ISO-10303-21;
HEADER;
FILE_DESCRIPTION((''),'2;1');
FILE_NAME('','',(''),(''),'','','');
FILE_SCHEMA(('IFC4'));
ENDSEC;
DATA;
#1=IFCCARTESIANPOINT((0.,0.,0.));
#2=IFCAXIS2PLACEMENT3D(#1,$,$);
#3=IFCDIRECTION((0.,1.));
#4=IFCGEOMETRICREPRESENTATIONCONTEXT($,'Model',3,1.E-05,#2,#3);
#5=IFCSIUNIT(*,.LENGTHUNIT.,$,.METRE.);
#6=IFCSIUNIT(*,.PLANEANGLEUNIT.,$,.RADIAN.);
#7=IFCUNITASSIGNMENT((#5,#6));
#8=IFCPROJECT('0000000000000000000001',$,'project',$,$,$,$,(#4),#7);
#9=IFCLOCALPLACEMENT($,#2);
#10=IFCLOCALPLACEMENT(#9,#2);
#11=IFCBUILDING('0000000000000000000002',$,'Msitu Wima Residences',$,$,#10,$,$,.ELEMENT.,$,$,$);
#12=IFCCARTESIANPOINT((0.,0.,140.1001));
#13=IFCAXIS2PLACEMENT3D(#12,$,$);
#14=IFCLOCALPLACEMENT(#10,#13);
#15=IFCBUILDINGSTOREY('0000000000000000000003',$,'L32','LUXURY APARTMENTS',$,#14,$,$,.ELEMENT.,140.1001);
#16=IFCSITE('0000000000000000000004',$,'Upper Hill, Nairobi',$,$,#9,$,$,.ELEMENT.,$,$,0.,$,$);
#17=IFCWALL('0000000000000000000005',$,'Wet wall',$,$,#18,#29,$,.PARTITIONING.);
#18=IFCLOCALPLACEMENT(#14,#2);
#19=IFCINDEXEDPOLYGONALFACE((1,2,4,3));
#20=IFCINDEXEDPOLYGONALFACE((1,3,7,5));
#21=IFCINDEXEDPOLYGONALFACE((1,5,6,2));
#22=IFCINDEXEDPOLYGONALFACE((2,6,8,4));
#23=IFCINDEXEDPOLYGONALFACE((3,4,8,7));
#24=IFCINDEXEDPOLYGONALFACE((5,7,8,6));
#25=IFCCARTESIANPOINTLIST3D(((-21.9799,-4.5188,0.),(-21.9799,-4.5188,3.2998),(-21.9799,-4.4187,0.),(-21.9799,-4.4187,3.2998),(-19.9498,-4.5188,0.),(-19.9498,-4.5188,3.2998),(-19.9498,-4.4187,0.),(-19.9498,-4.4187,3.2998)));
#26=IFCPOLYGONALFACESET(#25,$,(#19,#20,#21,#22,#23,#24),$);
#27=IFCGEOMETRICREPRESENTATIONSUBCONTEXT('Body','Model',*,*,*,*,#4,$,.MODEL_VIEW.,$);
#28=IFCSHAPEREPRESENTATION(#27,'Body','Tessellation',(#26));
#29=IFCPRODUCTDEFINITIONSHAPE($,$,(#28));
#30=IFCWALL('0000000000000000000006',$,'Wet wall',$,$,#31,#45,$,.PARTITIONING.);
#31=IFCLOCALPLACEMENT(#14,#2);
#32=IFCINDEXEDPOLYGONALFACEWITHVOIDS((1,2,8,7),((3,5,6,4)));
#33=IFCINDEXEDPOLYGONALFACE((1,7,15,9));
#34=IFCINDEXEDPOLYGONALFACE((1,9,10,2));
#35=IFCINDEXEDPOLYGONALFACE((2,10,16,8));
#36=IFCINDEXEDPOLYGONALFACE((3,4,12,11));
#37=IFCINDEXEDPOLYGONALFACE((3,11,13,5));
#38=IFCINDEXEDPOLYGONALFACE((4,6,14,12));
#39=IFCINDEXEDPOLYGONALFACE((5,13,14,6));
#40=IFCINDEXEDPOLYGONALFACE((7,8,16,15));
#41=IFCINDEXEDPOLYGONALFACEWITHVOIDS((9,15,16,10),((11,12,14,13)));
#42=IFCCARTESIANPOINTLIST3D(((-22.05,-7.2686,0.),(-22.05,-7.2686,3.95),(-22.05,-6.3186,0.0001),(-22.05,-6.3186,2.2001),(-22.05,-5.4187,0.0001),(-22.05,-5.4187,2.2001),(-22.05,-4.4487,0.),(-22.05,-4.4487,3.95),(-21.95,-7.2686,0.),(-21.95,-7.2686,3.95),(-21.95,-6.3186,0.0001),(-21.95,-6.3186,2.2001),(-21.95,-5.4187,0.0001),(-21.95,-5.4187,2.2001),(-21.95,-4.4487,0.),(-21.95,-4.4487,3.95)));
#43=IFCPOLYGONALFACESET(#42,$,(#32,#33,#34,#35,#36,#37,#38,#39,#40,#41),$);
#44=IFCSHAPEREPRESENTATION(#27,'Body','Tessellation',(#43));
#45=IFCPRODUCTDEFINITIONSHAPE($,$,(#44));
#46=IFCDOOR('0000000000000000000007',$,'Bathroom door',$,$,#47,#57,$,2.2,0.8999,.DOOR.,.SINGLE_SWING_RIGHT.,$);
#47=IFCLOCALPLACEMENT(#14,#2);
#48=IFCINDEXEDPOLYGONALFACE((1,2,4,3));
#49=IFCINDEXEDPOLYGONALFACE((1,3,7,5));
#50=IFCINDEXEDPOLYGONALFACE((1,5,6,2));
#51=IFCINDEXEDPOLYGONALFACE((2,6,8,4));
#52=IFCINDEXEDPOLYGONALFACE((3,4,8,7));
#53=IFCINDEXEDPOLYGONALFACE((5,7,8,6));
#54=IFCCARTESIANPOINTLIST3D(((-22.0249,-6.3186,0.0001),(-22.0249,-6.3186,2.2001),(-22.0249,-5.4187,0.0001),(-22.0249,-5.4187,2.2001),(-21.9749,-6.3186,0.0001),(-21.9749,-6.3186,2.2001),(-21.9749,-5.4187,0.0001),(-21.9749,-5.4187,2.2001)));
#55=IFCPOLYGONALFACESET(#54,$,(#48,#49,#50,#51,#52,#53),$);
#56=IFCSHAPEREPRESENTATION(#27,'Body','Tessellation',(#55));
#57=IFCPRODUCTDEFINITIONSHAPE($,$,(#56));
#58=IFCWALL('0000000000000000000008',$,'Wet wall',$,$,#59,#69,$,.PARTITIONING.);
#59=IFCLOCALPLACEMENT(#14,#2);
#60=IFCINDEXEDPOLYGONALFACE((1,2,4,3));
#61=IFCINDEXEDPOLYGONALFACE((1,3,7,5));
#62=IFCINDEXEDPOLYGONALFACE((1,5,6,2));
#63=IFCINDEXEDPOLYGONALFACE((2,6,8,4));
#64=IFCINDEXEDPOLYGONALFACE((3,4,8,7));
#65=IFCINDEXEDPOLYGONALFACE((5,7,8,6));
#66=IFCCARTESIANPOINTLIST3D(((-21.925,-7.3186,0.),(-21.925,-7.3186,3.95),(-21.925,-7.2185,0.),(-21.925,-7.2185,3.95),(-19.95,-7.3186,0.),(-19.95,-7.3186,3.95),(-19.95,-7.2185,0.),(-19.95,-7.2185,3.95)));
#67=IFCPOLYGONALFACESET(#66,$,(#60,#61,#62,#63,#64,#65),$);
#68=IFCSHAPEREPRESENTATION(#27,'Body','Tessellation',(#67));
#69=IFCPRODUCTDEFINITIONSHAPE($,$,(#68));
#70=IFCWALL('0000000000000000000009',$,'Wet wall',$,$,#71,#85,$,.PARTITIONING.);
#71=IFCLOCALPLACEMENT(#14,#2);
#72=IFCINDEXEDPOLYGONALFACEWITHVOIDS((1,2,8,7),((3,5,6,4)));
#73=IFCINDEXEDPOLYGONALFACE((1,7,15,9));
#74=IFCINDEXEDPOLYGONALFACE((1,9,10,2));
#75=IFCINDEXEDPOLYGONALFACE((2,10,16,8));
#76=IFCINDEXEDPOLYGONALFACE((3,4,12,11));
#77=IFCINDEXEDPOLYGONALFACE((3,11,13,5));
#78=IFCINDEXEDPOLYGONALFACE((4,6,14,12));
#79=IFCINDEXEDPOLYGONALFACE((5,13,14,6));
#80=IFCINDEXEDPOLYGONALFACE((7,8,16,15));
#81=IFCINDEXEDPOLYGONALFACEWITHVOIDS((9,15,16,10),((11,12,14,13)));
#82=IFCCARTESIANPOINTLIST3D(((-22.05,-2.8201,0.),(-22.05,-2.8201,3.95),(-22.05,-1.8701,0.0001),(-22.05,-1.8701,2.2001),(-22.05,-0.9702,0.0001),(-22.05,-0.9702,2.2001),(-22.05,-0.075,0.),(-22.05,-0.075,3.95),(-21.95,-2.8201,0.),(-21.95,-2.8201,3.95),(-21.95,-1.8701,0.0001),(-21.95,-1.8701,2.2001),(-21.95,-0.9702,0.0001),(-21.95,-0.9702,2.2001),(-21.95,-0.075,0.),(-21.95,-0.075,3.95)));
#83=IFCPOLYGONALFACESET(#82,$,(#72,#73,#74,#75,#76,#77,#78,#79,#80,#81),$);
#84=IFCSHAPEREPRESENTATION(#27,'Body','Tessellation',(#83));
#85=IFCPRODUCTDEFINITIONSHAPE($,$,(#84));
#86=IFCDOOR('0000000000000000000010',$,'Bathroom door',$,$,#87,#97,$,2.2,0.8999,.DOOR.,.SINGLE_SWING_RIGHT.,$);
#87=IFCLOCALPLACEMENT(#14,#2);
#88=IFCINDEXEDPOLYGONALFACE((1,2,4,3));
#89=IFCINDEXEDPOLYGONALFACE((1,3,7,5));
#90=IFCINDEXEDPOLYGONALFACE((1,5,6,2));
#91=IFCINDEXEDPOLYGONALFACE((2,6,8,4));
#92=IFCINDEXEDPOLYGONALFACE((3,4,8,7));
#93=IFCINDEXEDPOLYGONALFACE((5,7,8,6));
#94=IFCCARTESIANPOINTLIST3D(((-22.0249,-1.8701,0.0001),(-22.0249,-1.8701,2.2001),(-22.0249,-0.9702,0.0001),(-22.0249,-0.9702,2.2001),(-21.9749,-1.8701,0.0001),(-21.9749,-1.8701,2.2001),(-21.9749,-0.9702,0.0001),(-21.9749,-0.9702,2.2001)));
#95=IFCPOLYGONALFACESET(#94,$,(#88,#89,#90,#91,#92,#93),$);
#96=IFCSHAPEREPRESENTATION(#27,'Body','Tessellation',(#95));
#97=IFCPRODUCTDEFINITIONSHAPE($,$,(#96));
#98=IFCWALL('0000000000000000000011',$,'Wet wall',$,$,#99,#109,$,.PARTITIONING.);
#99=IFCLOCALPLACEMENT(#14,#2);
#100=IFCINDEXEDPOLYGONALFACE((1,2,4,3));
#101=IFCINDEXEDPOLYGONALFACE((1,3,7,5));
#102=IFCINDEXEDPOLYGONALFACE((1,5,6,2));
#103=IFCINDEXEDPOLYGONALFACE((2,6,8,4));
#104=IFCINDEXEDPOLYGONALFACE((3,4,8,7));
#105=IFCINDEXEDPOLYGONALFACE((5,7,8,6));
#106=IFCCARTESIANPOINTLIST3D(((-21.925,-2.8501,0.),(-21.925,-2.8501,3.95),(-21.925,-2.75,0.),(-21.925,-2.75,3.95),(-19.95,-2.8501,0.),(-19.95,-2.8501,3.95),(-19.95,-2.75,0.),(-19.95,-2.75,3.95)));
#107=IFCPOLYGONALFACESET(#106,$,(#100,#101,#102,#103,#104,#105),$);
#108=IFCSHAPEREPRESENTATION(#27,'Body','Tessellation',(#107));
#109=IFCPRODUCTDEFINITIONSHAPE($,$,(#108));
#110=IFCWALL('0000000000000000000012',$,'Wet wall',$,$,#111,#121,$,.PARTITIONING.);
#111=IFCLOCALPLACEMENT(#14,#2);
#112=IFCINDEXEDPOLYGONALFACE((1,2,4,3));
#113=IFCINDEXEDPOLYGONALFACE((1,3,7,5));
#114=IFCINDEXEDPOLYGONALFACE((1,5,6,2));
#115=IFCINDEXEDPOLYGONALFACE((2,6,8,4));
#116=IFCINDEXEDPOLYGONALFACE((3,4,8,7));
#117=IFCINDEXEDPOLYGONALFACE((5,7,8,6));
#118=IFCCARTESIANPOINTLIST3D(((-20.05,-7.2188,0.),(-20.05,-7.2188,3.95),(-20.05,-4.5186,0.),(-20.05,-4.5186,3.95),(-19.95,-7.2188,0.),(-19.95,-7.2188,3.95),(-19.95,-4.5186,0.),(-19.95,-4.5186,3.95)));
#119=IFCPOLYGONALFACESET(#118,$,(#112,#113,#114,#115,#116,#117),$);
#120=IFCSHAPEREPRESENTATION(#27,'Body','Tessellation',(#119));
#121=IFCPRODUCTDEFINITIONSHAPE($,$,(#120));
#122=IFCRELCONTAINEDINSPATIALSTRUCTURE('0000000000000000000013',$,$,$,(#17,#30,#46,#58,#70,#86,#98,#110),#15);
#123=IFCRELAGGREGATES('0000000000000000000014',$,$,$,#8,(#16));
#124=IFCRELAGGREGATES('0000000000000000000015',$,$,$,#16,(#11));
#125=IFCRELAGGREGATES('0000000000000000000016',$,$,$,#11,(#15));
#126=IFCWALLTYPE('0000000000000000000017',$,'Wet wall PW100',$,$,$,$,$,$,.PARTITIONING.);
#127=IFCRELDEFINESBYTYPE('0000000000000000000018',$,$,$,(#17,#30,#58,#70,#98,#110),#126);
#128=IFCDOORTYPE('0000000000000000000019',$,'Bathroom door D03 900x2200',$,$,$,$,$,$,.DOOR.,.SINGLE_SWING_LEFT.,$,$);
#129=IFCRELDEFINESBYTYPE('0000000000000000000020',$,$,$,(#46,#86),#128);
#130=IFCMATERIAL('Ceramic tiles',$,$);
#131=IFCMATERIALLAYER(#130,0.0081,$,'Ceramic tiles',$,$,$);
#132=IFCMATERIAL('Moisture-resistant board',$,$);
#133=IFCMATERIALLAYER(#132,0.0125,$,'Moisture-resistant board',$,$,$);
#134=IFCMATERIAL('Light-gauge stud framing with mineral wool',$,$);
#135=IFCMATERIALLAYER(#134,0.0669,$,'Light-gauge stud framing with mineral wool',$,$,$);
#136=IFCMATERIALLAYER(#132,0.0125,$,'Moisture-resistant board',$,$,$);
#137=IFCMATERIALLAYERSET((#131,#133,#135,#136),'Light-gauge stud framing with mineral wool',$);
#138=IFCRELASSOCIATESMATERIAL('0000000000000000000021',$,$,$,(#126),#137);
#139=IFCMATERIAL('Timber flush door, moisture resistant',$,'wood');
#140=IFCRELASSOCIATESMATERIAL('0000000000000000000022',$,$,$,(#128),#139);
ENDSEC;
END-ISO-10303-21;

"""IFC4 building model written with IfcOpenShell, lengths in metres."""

from ifc_helpers import new_model, si_unit, direction, frame, frame_2d, origin, place, context, subcontext, project, spatial, rectangle, extrude, material, layer, layer_set, type_object, element, fill, save


model = new_model("IFC4")

# Units and contexts
model_context = context("Model", 3, precision=1e-05, world=origin(), true_north=direction((0.0, 1.0)))
body_context = subcontext(model_context, "Body", "Model", "MODEL_VIEW")
ifc_project = project(units=[si_unit("LENGTHUNIT", "METRE"), si_unit("PLANEANGLEUNIT", "RADIAN")], contexts=[model_context])

# Site, building, storey
site_placement = place(None, origin())
site = spatial("IfcSite", under=ifc_project, at=site_placement, Name="Upper Hill, Nairobi", CompositionType="ELEMENT", RefElevation=0.0)
building_placement = place(site_placement, origin())
building = spatial("IfcBuilding", under=site, at=building_placement, Name="Msitu Wima Residences", CompositionType="ELEMENT")
storey_placement = place(building_placement, frame((0.0, 0.0, 140.1001)))
storey = spatial("IfcBuildingStorey", under=building, at=storey_placement, Name="L32", Description="LUXURY APARTMENTS", CompositionType="ELEMENT", Elevation=140.1001)

# Wall
ifc_material_1 = material(Name="Ceramic tiles")
ifc_layer_1 = layer(ifc_material_1, 0.0081, Name="Ceramic tiles")
ifc_material_2 = material(Name="Moisture-resistant board")
ifc_layer_2 = layer(ifc_material_2, 0.0125, Name="Moisture-resistant board")
ifc_material_3 = material(Name="Light-gauge stud framing with mineral wool")
ifc_layer_3 = layer(ifc_material_3, 0.0669, Name="Light-gauge stud framing with mineral wool")
ifc_layer_4 = layer(ifc_material_2, 0.0125, Name="Moisture-resistant board")
ifc_layer_set_1 = layer_set([ifc_layer_1, ifc_layer_2, ifc_layer_3, ifc_layer_4], Name="Light-gauge stud framing with mineral wool")
wall_type_1 = type_object("IfcWallType", Name="Wet wall PW100", PredefinedType="PARTITIONING", material=ifc_layer_set_1)
wall_1_placement = place(storey_placement, frame((-21.98, -4.4688, 0.0), z_axis=(0.0, 0.0, 1.0), x_axis=(1.0, 0.0, 0.0)))
element("IfcWall", 1, at=wall_1_placement, inside=storey, type_object=wall_type_1, Name="Wet wall", PredefinedType="PARTITIONING", context=body_context, shape_type="SweptSolid", body=[
    extrude(rectangle(XDim=2.03, YDim=0.1001, at=frame_2d((1.0151, 0.0))), origin(), (0.0, 0.0, 1.0), 3.2998),
])

# Wall, opening, door
wall_2_placement = place(storey_placement, frame((-22.0, -7.2686, 0.0), z_axis=(0.0, 0.0, 1.0), x_axis=(0.0, 1.0, 0.0)))
wall_2 = element("IfcWall", 2, at=wall_2_placement, inside=storey, type_object=wall_type_1, Name="Wet wall", PredefinedType="PARTITIONING", context=body_context, shape_type="SweptSolid", body=[
    extrude(rectangle(XDim=2.8198, YDim=0.1001, at=frame_2d((1.4099, 0.0))), origin(), (0.0, 0.0, 1.0), 3.95),
])
opening_1_placement = place(wall_2_placement, frame((0.95, 0.0, 0.0)))
opening_1 = element("IfcOpeningElement", 3, at=opening_1_placement, cuts=wall_2, PredefinedType="OPENING", context=body_context, shape_type="SweptSolid", body=[
    extrude(rectangle(XDim=0.8999, YDim=2.2, at=frame_2d((0.45, 1.1001))), frame((0.0, 0.0601, 0.0), z_axis=(0.0, -1.0, 0.0), x_axis=(1.0, 0.0, 0.0)), (0.0, 0.0, 1.0), 0.1201),
])
ifc_material_4 = material(Name="Timber flush door, moisture resistant", Category="wood")
door_type_1 = type_object("IfcDoorType", Name="Bathroom door D03 900x2200", OperationType="SINGLE_SWING_LEFT", PredefinedType="DOOR", material=ifc_material_4)
door_1_placement = place(opening_1_placement, origin())
door_1 = element("IfcDoor", 4, at=door_1_placement, inside=storey, type_object=door_type_1, Name="Bathroom door", OperationType="SINGLE_SWING_RIGHT", OverallHeight=2.2, OverallWidth=0.8999, PredefinedType="DOOR", context=body_context, shape_type="SweptSolid", body=[
    extrude(rectangle(XDim=0.8999, YDim=2.2, at=frame_2d((0.45, 1.1001))), frame((0.0, 0.0249, 0.0), z_axis=(0.0, -1.0, 0.0), x_axis=(1.0, 0.0, 0.0)), (0.0, 0.0, 1.0), 0.05),
])
fill(opening_1, door_1)

# Wall
wall_3_placement = place(storey_placement, frame((-21.925, -7.2686, 0.0), z_axis=(0.0, 0.0, 1.0), x_axis=(1.0, 0.0, 0.0)))
element("IfcWall", 5, at=wall_3_placement, inside=storey, type_object=wall_type_1, Name="Wet wall", PredefinedType="PARTITIONING", context=body_context, shape_type="SweptSolid", body=[
    extrude(rectangle(XDim=1.9751, YDim=0.1001, at=frame_2d((0.9875, 0.0))), origin(), (0.0, 0.0, 1.0), 3.95),
])

# Wall, opening, door
wall_4_placement = place(storey_placement, frame((-22.0, -2.8201, 0.0), z_axis=(0.0, 0.0, 1.0), x_axis=(0.0, 1.0, 0.0)))
wall_4 = element("IfcWall", 6, at=wall_4_placement, inside=storey, type_object=wall_type_1, Name="Wet wall", PredefinedType="PARTITIONING", context=body_context, shape_type="SweptSolid", body=[
    extrude(rectangle(XDim=2.7451, YDim=0.1001, at=frame_2d((1.3726, 0.0))), origin(), (0.0, 0.0, 1.0), 3.95),
])
opening_2_placement = place(wall_4_placement, frame((0.95, 0.0, 0.0)))
opening_2 = element("IfcOpeningElement", 7, at=opening_2_placement, cuts=wall_4, PredefinedType="OPENING", context=body_context, shape_type="SweptSolid", body=[
    extrude(rectangle(XDim=0.8999, YDim=2.2, at=frame_2d((0.45, 1.1001))), frame((0.0, 0.0601, 0.0), z_axis=(0.0, -1.0, 0.0), x_axis=(1.0, 0.0, 0.0)), (0.0, 0.0, 1.0), 0.1201),
])
door_2_placement = place(opening_2_placement, origin())
door_2 = element("IfcDoor", 8, at=door_2_placement, inside=storey, type_object=door_type_1, Name="Bathroom door", OperationType="SINGLE_SWING_RIGHT", OverallHeight=2.2, OverallWidth=0.8999, PredefinedType="DOOR", context=body_context, shape_type="SweptSolid", body=[
    extrude(rectangle(XDim=0.8999, YDim=2.2, at=frame_2d((0.45, 1.1001))), frame((0.0, 0.0249, 0.0), z_axis=(0.0, -1.0, 0.0), x_axis=(1.0, 0.0, 0.0)), (0.0, 0.0, 1.0), 0.05),
])
fill(opening_2, door_2)

# Walls
wall_5_placement = place(storey_placement, frame((-21.925, -2.8, 0.0), z_axis=(0.0, 0.0, 1.0), x_axis=(1.0, 0.0, 0.0)))
element("IfcWall", 9, at=wall_5_placement, inside=storey, type_object=wall_type_1, Name="Wet wall", PredefinedType="PARTITIONING", context=body_context, shape_type="SweptSolid", body=[
    extrude(rectangle(XDim=1.9751, YDim=0.1001, at=frame_2d((0.9875, 0.0))), origin(), (0.0, 0.0, 1.0), 3.95),
])
wall_6_placement = place(storey_placement, frame((-20.0, -7.2188, 0.0), z_axis=(0.0, 0.0, 1.0), x_axis=(0.0, 1.0, 0.0)))
element("IfcWall", 10, at=wall_6_placement, inside=storey, type_object=wall_type_1, Name="Wet wall", PredefinedType="PARTITIONING", context=body_context, shape_type="SweptSolid", body=[
    extrude(rectangle(XDim=2.7002, YDim=0.1001, at=frame_2d((1.3501, 0.0))), origin(), (0.0, 0.0, 1.0), 3.95),
])

save(model, "model.ifc")
